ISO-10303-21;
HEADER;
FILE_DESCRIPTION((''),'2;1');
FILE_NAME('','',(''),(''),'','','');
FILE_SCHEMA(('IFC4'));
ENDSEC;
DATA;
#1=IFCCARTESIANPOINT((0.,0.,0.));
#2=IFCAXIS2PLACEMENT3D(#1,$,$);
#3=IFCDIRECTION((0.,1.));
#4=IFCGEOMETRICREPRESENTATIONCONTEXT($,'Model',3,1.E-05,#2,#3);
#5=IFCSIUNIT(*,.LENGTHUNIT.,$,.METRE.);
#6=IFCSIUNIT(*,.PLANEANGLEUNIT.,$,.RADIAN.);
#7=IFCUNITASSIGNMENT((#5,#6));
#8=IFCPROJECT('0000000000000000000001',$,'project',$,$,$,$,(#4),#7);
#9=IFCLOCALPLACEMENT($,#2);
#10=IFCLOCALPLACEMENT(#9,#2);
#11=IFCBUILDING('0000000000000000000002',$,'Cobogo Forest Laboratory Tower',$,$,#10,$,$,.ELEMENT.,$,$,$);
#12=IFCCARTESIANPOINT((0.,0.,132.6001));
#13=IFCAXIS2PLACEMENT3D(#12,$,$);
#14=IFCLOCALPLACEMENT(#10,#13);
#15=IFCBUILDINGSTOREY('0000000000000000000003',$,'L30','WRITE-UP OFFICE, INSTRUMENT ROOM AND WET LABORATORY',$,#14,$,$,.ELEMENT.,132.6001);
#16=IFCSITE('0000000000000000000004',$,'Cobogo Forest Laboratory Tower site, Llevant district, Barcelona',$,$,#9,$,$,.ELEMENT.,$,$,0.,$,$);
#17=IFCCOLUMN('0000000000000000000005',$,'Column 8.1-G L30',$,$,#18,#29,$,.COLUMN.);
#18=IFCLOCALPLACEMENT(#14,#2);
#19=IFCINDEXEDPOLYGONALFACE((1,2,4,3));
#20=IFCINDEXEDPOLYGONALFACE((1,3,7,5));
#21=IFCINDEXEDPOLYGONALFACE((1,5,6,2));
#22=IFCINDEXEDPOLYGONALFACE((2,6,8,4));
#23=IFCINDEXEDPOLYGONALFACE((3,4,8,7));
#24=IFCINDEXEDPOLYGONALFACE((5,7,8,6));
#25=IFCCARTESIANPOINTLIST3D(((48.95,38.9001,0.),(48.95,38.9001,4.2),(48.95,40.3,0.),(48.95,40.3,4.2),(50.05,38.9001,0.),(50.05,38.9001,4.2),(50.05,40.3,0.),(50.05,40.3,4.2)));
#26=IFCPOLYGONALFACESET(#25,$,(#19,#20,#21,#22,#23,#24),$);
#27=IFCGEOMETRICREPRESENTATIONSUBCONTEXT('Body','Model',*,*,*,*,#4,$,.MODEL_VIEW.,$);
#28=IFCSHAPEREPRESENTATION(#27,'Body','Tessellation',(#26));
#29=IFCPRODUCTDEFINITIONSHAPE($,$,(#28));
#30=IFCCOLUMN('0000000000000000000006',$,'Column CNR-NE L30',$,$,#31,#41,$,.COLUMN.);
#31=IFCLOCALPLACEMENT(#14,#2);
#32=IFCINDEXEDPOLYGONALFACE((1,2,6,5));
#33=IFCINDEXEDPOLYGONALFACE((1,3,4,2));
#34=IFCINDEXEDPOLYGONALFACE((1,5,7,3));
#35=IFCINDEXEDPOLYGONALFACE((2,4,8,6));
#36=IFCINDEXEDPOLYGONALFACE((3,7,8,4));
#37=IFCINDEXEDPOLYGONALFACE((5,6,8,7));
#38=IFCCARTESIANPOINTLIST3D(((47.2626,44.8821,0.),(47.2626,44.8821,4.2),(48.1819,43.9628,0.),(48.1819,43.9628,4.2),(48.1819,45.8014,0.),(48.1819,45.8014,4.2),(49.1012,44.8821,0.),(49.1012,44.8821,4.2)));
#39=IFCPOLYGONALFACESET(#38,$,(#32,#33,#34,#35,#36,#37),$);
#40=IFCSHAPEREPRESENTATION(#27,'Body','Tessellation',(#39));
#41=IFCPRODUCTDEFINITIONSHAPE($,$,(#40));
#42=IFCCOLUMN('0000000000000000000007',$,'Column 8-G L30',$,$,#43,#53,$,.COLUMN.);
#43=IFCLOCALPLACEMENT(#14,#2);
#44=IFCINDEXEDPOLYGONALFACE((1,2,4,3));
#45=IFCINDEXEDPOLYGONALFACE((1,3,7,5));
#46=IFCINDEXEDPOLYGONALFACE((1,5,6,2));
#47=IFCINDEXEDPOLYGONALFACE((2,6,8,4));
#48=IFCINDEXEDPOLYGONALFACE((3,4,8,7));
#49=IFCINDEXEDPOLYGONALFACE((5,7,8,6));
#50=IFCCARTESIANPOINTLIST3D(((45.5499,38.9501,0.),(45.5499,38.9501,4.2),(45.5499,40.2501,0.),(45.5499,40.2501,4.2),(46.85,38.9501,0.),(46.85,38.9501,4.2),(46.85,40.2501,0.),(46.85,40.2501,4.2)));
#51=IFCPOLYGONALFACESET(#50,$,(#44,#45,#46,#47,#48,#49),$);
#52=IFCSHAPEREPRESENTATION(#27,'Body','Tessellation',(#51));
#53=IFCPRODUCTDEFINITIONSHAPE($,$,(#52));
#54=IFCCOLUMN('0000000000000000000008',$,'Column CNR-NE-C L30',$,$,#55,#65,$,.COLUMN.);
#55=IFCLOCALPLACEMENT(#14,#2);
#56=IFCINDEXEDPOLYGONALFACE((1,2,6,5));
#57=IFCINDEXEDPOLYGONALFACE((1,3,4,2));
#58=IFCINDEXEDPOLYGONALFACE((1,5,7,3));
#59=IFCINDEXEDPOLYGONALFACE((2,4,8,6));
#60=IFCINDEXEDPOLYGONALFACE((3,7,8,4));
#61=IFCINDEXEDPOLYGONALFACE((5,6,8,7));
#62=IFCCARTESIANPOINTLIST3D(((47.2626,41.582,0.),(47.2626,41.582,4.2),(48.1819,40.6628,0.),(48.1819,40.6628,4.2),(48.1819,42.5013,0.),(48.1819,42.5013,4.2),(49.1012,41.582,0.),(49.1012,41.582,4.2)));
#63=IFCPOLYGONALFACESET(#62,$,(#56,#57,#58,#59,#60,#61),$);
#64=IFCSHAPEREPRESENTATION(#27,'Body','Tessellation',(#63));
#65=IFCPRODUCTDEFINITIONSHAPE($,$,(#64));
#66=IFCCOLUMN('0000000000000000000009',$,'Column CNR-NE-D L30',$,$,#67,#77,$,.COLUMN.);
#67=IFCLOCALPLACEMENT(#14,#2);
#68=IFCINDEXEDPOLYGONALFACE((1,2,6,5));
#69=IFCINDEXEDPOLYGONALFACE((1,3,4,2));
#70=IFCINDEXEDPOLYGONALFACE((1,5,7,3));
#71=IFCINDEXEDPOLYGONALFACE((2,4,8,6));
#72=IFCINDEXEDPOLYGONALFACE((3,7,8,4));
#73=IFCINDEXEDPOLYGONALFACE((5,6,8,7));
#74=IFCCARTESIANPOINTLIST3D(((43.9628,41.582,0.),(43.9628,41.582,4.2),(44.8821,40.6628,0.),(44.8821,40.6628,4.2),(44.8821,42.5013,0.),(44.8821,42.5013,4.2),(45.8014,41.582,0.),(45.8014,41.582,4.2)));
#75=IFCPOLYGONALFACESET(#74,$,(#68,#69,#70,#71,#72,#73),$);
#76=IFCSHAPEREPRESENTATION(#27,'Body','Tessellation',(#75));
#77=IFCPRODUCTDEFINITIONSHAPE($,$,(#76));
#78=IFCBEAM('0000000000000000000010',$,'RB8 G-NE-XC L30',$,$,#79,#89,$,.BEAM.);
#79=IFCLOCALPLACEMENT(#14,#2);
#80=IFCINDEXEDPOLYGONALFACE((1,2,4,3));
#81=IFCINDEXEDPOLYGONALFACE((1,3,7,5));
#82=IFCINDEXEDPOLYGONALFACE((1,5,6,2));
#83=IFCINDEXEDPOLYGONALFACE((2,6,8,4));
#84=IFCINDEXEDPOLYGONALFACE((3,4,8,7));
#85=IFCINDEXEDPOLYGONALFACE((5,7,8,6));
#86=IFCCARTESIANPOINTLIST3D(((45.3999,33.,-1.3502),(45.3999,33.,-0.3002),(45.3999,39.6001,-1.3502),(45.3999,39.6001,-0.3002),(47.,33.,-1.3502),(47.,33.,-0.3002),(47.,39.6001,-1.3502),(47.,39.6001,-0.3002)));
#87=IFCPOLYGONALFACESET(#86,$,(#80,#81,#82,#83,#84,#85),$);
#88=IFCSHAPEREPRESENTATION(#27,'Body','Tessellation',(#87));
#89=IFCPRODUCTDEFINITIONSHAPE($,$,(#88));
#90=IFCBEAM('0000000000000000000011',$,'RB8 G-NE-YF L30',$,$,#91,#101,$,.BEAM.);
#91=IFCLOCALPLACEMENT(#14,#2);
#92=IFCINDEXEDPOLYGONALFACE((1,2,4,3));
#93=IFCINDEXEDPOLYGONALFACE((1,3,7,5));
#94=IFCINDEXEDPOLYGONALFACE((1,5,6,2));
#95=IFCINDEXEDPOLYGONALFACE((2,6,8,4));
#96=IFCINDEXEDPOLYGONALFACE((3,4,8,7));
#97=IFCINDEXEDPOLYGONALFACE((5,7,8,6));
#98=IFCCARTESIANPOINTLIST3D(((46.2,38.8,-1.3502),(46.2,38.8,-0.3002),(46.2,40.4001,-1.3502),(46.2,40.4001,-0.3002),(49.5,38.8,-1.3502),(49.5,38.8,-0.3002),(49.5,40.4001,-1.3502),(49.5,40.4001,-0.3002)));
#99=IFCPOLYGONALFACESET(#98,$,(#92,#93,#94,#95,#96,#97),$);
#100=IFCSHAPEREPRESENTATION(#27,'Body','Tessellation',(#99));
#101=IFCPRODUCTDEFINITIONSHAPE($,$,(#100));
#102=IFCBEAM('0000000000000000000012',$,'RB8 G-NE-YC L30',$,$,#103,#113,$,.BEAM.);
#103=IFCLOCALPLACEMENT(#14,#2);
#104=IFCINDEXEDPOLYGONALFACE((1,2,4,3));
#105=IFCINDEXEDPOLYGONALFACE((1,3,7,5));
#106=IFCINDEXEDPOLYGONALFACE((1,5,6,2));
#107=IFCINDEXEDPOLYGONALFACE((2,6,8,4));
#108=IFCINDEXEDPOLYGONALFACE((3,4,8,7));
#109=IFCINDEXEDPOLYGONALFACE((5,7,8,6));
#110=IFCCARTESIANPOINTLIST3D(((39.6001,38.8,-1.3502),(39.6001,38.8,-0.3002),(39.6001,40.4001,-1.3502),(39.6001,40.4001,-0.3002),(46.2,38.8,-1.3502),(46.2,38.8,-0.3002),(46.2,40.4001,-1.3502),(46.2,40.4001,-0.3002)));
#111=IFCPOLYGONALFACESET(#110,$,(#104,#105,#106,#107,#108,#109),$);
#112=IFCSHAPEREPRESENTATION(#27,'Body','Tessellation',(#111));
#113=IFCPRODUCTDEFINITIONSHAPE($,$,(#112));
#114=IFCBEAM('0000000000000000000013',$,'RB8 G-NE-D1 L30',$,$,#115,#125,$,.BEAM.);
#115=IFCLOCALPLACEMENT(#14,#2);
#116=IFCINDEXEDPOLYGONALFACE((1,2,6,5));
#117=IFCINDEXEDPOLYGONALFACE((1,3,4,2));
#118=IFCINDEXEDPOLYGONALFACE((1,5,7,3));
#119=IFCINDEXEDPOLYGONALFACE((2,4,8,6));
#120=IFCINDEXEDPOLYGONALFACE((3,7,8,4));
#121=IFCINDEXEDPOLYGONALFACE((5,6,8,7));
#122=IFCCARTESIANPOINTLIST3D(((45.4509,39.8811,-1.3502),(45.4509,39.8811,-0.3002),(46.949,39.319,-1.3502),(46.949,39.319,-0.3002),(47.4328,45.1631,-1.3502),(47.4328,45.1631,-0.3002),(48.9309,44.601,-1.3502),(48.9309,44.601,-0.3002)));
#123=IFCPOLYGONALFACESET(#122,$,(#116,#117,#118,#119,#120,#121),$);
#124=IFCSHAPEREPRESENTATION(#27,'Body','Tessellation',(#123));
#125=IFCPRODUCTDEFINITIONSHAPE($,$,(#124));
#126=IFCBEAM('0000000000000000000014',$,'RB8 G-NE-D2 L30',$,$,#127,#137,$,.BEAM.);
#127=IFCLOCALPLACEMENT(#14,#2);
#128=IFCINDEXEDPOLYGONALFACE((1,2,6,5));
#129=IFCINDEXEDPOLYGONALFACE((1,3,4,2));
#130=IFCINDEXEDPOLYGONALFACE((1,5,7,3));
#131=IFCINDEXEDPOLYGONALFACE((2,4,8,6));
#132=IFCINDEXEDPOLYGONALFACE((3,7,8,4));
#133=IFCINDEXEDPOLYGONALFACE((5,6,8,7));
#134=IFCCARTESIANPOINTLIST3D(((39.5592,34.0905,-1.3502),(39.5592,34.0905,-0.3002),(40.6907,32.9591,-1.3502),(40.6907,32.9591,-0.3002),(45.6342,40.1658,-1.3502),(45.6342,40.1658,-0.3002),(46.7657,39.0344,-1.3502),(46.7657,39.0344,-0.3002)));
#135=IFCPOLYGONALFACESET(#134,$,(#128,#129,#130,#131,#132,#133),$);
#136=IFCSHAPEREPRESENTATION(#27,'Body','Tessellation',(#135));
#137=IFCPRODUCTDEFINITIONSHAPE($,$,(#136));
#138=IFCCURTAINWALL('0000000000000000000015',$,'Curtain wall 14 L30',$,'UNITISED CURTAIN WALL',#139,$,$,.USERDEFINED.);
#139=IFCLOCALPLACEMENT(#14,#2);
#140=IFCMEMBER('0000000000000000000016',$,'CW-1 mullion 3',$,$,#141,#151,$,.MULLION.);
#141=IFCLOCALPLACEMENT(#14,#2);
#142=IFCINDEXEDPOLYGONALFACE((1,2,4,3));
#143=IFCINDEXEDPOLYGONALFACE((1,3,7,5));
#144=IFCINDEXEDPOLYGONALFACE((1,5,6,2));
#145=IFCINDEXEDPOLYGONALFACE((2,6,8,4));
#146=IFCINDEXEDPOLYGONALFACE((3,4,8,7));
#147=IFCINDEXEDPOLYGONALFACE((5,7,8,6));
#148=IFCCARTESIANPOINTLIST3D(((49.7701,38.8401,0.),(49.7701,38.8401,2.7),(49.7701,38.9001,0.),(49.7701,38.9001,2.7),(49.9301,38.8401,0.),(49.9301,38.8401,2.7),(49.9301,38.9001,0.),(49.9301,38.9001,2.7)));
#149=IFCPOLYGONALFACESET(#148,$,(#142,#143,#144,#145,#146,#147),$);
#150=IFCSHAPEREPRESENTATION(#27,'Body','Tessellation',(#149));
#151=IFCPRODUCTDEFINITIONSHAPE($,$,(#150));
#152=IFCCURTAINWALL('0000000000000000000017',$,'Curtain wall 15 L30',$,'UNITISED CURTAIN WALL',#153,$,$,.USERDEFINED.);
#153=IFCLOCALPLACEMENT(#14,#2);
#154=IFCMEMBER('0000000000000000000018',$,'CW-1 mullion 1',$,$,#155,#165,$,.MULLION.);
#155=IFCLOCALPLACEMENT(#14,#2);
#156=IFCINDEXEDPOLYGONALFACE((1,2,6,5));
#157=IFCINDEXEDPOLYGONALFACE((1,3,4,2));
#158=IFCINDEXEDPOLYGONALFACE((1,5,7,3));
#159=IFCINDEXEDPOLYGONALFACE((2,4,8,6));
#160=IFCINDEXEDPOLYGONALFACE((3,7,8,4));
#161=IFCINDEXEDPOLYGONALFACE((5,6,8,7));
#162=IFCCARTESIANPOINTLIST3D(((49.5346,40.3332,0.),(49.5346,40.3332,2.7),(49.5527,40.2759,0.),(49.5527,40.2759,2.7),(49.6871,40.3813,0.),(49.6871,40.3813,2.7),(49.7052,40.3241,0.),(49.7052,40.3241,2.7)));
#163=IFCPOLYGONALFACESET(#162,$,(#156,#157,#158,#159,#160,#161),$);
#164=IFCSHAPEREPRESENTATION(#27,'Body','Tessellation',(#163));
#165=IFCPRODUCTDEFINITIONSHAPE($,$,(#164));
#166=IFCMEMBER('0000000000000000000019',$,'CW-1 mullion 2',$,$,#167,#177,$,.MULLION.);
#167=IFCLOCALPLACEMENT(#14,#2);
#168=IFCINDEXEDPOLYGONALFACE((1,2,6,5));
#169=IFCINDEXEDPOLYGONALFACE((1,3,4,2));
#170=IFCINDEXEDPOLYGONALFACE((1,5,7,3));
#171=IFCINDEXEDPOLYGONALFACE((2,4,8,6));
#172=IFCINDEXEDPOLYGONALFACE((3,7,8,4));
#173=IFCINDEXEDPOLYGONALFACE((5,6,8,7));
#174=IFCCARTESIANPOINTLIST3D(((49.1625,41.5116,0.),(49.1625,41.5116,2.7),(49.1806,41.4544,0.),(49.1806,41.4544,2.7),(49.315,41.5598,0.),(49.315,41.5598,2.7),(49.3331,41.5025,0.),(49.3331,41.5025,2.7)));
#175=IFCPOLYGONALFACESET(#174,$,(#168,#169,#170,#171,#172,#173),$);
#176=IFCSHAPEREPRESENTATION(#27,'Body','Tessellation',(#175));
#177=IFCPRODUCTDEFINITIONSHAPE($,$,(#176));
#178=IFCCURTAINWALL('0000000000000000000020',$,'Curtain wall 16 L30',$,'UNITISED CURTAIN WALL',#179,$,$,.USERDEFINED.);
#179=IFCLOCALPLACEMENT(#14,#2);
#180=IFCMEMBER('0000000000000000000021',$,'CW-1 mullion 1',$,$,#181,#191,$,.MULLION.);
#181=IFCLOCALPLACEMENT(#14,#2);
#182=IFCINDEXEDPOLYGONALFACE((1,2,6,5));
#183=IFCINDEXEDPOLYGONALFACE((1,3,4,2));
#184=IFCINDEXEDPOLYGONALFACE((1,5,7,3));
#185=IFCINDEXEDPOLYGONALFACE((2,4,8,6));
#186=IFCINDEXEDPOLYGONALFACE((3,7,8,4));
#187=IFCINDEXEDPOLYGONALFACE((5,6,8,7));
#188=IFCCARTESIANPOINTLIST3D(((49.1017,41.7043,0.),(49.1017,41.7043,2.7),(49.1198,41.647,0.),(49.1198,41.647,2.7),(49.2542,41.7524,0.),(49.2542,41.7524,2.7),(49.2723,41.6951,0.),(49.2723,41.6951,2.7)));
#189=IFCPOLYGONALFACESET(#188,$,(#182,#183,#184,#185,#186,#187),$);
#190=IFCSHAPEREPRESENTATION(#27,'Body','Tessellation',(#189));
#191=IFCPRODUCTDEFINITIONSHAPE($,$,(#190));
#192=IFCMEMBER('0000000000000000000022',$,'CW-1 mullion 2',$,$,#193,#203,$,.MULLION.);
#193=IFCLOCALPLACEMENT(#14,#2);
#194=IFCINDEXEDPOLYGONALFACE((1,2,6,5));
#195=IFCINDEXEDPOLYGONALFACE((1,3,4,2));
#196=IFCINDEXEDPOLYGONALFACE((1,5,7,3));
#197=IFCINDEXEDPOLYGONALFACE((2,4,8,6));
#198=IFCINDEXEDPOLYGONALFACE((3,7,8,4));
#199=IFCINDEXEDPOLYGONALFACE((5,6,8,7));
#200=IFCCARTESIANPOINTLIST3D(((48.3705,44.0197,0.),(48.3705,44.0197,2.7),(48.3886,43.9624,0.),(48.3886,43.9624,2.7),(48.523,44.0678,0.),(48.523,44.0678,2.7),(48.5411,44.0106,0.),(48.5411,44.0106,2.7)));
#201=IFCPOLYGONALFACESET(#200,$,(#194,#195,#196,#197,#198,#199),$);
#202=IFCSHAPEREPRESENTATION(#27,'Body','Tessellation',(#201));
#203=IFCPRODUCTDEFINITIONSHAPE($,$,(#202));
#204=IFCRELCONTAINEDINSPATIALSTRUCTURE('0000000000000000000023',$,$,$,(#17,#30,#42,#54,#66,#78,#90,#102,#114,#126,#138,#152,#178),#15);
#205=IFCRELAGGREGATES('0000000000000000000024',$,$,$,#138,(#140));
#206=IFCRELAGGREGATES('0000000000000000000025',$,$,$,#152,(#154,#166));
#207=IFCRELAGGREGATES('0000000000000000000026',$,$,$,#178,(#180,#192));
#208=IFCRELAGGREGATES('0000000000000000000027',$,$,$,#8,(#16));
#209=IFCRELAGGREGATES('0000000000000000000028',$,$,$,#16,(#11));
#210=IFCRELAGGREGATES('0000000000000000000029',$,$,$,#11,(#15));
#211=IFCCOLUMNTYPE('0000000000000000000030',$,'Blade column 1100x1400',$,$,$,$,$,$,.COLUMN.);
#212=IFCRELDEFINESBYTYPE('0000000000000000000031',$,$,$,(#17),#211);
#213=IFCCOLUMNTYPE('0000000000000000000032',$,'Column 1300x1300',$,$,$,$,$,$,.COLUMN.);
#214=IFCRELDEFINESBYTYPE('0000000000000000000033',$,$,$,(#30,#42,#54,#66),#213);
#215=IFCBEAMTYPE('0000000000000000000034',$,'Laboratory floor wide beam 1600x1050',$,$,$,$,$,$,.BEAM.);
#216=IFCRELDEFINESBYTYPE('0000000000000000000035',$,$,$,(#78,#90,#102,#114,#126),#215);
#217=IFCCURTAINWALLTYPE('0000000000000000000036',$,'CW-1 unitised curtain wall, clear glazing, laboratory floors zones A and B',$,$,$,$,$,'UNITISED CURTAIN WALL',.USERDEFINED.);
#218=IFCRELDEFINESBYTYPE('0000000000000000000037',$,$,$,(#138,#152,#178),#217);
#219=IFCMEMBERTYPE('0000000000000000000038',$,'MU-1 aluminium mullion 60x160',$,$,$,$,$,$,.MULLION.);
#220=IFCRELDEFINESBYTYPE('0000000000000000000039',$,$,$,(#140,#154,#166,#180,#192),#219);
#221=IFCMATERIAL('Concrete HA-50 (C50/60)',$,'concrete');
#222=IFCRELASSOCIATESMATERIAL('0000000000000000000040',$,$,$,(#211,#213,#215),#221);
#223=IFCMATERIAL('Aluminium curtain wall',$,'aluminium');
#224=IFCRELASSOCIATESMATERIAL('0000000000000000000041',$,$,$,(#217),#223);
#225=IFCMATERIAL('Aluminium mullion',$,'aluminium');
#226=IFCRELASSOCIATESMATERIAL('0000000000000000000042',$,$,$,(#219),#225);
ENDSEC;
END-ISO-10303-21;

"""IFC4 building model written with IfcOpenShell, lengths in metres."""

from ifc_helpers import new_model, si_unit, direction, frame, origin, origin_2d, place, context, subcontext, project, spatial, rectangle, extrude, material, material_profile, profile_set, type_object, element, aggregate, save


model = new_model("IFC4")

# Units and contexts
model_context = context("Model", 3, precision=1e-05, world=origin(), true_north=direction((0.0, 1.0)))
body_context = subcontext(model_context, "Body", "Model", "MODEL_VIEW")
ifc_project = project(units=[si_unit("LENGTHUNIT", "METRE"), si_unit("PLANEANGLEUNIT", "RADIAN")], contexts=[model_context])

# Site, building, storey
site_placement = place(None, origin())
site = spatial("IfcSite", under=ifc_project, at=site_placement, Name="Cobogo Forest Laboratory Tower site, Llevant district, Barcelona", CompositionType="ELEMENT", RefElevation=0.0)
building_placement = place(site_placement, origin())
building = spatial("IfcBuilding", under=site, at=building_placement, Name="Cobogo Forest Laboratory Tower", CompositionType="ELEMENT")
storey_placement = place(building_placement, frame((0.0, 0.0, 132.6001)))
storey = spatial("IfcBuildingStorey", under=building, at=storey_placement, Name="L30", Description="WRITE-UP OFFICE, INSTRUMENT ROOM AND WET LABORATORY", CompositionType="ELEMENT", Elevation=132.6001)

# Columns
ifc_material_1 = material(Name="Concrete HA-50 (C50/60)", Category="concrete")
ifc_material_profile_1 = material_profile(ifc_material_1, rectangle(XDim=1.3999, YDim=1.1001, at=origin_2d()), Name="RC 1100x1400")
ifc_profile_set_1 = profile_set([ifc_material_profile_1], Name="Concrete HA-50 (C50/60)")
column_type_1 = type_object("IfcColumnType", Name="Blade column 1100x1400", PredefinedType="COLUMN", material=ifc_profile_set_1)
column_placement = place(storey_placement, frame((49.5, 39.6001, 0.0), z_axis=(0.0, 0.0, 1.0), x_axis=(0.0, 1.0, 0.0)))
element("IfcColumn", 1, at=column_placement, inside=storey, type_object=column_type_1, Name="Column 8.1-G L30", PredefinedType="COLUMN", context=body_context, shape_type="SweptSolid", body=[
    extrude(rectangle(XDim=1.3999, YDim=1.1001, at=origin_2d()), origin(), (0.0, 0.0, 1.0), 4.2),
])
ifc_material_profile_2 = material_profile(ifc_material_1, rectangle(XDim=1.3, YDim=1.3, at=origin_2d()), Name="RC 1300x1300")
ifc_profile_set_2 = profile_set([ifc_material_profile_2], Name="Concrete HA-50 (C50/60)")
column_type_2 = type_object("IfcColumnType", Name="Column 1300x1300", PredefinedType="COLUMN", material=ifc_profile_set_2)
for number, where, z_axis, x_axis, name in (
    (2, (48.1819, 44.8821, 0.0), (0.0, 0.0, 1.0), (0.707107, 0.707107, 0.0), "Column CNR-NE L30"),
    (3, (46.2, 39.6001, 0.0), (0.0, 0.0, 1.0), (1.0, 0.0, 0.0), "Column 8-G L30"),
    (4, (48.1819, 41.582, 0.0), (0.0, 0.0, 1.0), (0.707107, 0.707107, 0.0), "Column CNR-NE-C L30"),
    (5, (44.8821, 41.582, 0.0), (0.0, 0.0, 1.0), (0.707107, 0.707107, 0.0), "Column CNR-NE-D L30"),
):
    element("IfcColumn", number, at=place(storey_placement, frame(where, z_axis=z_axis, x_axis=x_axis)), inside=storey, type_object=column_type_2, Name=name, PredefinedType="COLUMN", context=body_context, shape_type="SweptSolid", body=[
        extrude(rectangle(XDim=1.3, YDim=1.3, at=origin_2d()), origin(), (0.0, 0.0, 1.0), 4.2),
    ])

# Beams
ifc_material_profile_3 = material_profile(ifc_material_1, rectangle(XDim=1.6001, YDim=1.05, at=origin_2d()), Name="RC 1600x1050")
ifc_profile_set_3 = profile_set([ifc_material_profile_3], Name="Concrete HA-50 (C50/60)")
beam_type_1 = type_object("IfcBeamType", Name="Laboratory floor wide beam 1600x1050", PredefinedType="BEAM", material=ifc_profile_set_3)
beam_1_placement = place(storey_placement, frame((46.2, 39.6001, -0.8252), z_axis=(0.0, -1.0, 0.0), x_axis=(1.0, 0.0, 0.0)))
element("IfcBeam", 6, at=beam_1_placement, inside=storey, type_object=beam_type_1, Name="RB8 G-NE-XC L30", PredefinedType="BEAM", context=body_context, shape_type="SweptSolid", body=[
    extrude(rectangle(XDim=1.6001, YDim=1.05, at=origin_2d()), origin(), (0.0, 0.0, 1.0), 6.6001),
])
beam_2_placement = place(storey_placement, frame((49.5, 39.6001, -0.8252), z_axis=(-1.0, 0.0, 0.0), x_axis=(0.0, -1.0, 0.0)))
element("IfcBeam", 7, at=beam_2_placement, inside=storey, type_object=beam_type_1, Name="RB8 G-NE-YF L30", PredefinedType="BEAM", context=body_context, shape_type="SweptSolid", body=[
    extrude(rectangle(XDim=1.6001, YDim=1.05, at=origin_2d()), origin(), (0.0, 0.0, 1.0), 3.3),
])
beam_3_placement = place(storey_placement, frame((46.2, 39.6001, -0.8252), z_axis=(-1.0, 0.0, 0.0), x_axis=(0.0, -1.0, 0.0)))
element("IfcBeam", 8, at=beam_3_placement, inside=storey, type_object=beam_type_1, Name="RB8 G-NE-YC L30", PredefinedType="BEAM", context=body_context, shape_type="SweptSolid", body=[
    extrude(rectangle(XDim=1.6001, YDim=1.05, at=origin_2d()), origin(), (0.0, 0.0, 1.0), 6.5999),
])
beam_4_placement = place(storey_placement, frame((48.1819, 44.8821, -0.8252), z_axis=(-0.351308, -0.93626, 0.0), x_axis=(0.93626, -0.351308, 0.0)))
element("IfcBeam", 9, at=beam_4_placement, inside=storey, type_object=beam_type_1, Name="RB8 G-NE-D1 L30", PredefinedType="BEAM", context=body_context, shape_type="SweptSolid", body=[
    extrude(rectangle(XDim=1.6001, YDim=1.05, at=origin_2d()), origin(), (0.0, 0.0, 1.0), 5.6416),
])
beam_5_placement = place(storey_placement, frame((46.2, 39.6001, -0.8252), z_axis=(-0.707093, -0.707121, 0.0), x_axis=(0.707121, -0.707093, 0.0)))
element("IfcBeam", 10, at=beam_5_placement, inside=storey, type_object=beam_type_1, Name="RB8 G-NE-D2 L30", PredefinedType="BEAM", context=body_context, shape_type="SweptSolid", body=[
    extrude(rectangle(XDim=1.6001, YDim=1.05, at=origin_2d()), origin(), (0.0, 0.0, 1.0), 8.5916),
])

# Curtain wall, member
ifc_material_2 = material(Name="Aluminium curtain wall", Category="aluminium")
curtain_wall_type = type_object("IfcCurtainWallType", Name="CW-1 unitised curtain wall, clear glazing, laboratory floors zones A and B", ElementType="UNITISED CURTAIN WALL", PredefinedType="USERDEFINED", material=ifc_material_2)
curtain_wall_1_placement = place(storey_placement, origin())
curtain_wall_1 = element("IfcCurtainWall", 11, at=curtain_wall_1_placement, inside=storey, type_object=curtain_wall_type, Name="Curtain wall 14 L30", ObjectType="UNITISED CURTAIN WALL", PredefinedType="USERDEFINED")
ifc_material_3 = material(Name="Aluminium mullion", Category="aluminium")
ifc_material_profile_4 = material_profile(ifc_material_3, rectangle(XDim=0.0601, YDim=0.1599, at=origin_2d()), Name="AL 60x160")
ifc_profile_set_4 = profile_set([ifc_material_profile_4], Name="Aluminium mullion")
member_type_1 = type_object("IfcMemberType", Name="MU-1 aluminium mullion 60x160", PredefinedType="MULLION", material=ifc_profile_set_4)
member_1_placement = place(storey_placement, frame((49.8501, 38.8701, 0.0), z_axis=(0.0, 0.0, 1.0), x_axis=(0.0, 1.0, 0.0)))
member_1 = element("IfcMember", 12, at=member_1_placement, type_object=member_type_1, Name="CW-1 mullion 3", PredefinedType="MULLION", context=body_context, shape_type="SweptSolid", body=[
    extrude(rectangle(XDim=0.0601, YDim=0.1599, at=origin_2d()), origin(), (0.0, 0.0, 1.0), 2.7),
])

# Curtain walls, members
curtain_wall_2_placement = place(storey_placement, origin())
curtain_wall_2 = element("IfcCurtainWall", 13, at=curtain_wall_2_placement, inside=storey, type_object=curtain_wall_type, Name="Curtain wall 15 L30", ObjectType="UNITISED CURTAIN WALL", PredefinedType="USERDEFINED")
member_2_placement = place(storey_placement, frame((49.6199, 40.3286, 0.0), z_axis=(0.0, 0.0, 1.0), x_axis=(-0.301135, 0.953581, 0.0)))
member_2 = element("IfcMember", 14, at=member_2_placement, type_object=member_type_1, Name="CW-1 mullion 1", PredefinedType="MULLION", context=body_context, shape_type="SweptSolid", body=[
    extrude(rectangle(XDim=0.0601, YDim=0.1599, at=origin_2d()), origin(), (0.0, 0.0, 1.0), 2.7),
])
member_3_placement = place(storey_placement, frame((49.2478, 41.5071, 0.0), z_axis=(0.0, 0.0, 1.0), x_axis=(-0.301135, 0.953581, 0.0)))
member_3 = element("IfcMember", 15, at=member_3_placement, type_object=member_type_1, Name="CW-1 mullion 2", PredefinedType="MULLION", context=body_context, shape_type="SweptSolid", body=[
    extrude(rectangle(XDim=0.0601, YDim=0.1599, at=origin_2d()), origin(), (0.0, 0.0, 1.0), 2.7),
])
curtain_wall_3_placement = place(storey_placement, origin())
curtain_wall_3 = element("IfcCurtainWall", 16, at=curtain_wall_3_placement, inside=storey, type_object=curtain_wall_type, Name="Curtain wall 16 L30", ObjectType="UNITISED CURTAIN WALL", PredefinedType="USERDEFINED")
member_4_placement = place(storey_placement, frame((49.187, 41.6997, 0.0), z_axis=(0.0, 0.0, 1.0), x_axis=(-0.301135, 0.953581, 0.0)))
member_4 = element("IfcMember", 17, at=member_4_placement, type_object=member_type_1, Name="CW-1 mullion 1", PredefinedType="MULLION", context=body_context, shape_type="SweptSolid", body=[
    extrude(rectangle(XDim=0.0601, YDim=0.1599, at=origin_2d()), origin(), (0.0, 0.0, 1.0), 2.7),
])
member_5_placement = place(storey_placement, frame((48.4558, 44.0151, 0.0), z_axis=(0.0, 0.0, 1.0), x_axis=(-0.301135, 0.953581, 0.0)))
member_5 = element("IfcMember", 18, at=member_5_placement, type_object=member_type_1, Name="CW-1 mullion 2", PredefinedType="MULLION", context=body_context, shape_type="SweptSolid", body=[
    extrude(rectangle(XDim=0.0601, YDim=0.1599, at=origin_2d()), origin(), (0.0, 0.0, 1.0), 2.7),
])

aggregate(curtain_wall_1, [member_1])
aggregate(curtain_wall_2, [member_2, member_3])
aggregate(curtain_wall_3, [member_4, member_5])

save(model, "model.ifc")
